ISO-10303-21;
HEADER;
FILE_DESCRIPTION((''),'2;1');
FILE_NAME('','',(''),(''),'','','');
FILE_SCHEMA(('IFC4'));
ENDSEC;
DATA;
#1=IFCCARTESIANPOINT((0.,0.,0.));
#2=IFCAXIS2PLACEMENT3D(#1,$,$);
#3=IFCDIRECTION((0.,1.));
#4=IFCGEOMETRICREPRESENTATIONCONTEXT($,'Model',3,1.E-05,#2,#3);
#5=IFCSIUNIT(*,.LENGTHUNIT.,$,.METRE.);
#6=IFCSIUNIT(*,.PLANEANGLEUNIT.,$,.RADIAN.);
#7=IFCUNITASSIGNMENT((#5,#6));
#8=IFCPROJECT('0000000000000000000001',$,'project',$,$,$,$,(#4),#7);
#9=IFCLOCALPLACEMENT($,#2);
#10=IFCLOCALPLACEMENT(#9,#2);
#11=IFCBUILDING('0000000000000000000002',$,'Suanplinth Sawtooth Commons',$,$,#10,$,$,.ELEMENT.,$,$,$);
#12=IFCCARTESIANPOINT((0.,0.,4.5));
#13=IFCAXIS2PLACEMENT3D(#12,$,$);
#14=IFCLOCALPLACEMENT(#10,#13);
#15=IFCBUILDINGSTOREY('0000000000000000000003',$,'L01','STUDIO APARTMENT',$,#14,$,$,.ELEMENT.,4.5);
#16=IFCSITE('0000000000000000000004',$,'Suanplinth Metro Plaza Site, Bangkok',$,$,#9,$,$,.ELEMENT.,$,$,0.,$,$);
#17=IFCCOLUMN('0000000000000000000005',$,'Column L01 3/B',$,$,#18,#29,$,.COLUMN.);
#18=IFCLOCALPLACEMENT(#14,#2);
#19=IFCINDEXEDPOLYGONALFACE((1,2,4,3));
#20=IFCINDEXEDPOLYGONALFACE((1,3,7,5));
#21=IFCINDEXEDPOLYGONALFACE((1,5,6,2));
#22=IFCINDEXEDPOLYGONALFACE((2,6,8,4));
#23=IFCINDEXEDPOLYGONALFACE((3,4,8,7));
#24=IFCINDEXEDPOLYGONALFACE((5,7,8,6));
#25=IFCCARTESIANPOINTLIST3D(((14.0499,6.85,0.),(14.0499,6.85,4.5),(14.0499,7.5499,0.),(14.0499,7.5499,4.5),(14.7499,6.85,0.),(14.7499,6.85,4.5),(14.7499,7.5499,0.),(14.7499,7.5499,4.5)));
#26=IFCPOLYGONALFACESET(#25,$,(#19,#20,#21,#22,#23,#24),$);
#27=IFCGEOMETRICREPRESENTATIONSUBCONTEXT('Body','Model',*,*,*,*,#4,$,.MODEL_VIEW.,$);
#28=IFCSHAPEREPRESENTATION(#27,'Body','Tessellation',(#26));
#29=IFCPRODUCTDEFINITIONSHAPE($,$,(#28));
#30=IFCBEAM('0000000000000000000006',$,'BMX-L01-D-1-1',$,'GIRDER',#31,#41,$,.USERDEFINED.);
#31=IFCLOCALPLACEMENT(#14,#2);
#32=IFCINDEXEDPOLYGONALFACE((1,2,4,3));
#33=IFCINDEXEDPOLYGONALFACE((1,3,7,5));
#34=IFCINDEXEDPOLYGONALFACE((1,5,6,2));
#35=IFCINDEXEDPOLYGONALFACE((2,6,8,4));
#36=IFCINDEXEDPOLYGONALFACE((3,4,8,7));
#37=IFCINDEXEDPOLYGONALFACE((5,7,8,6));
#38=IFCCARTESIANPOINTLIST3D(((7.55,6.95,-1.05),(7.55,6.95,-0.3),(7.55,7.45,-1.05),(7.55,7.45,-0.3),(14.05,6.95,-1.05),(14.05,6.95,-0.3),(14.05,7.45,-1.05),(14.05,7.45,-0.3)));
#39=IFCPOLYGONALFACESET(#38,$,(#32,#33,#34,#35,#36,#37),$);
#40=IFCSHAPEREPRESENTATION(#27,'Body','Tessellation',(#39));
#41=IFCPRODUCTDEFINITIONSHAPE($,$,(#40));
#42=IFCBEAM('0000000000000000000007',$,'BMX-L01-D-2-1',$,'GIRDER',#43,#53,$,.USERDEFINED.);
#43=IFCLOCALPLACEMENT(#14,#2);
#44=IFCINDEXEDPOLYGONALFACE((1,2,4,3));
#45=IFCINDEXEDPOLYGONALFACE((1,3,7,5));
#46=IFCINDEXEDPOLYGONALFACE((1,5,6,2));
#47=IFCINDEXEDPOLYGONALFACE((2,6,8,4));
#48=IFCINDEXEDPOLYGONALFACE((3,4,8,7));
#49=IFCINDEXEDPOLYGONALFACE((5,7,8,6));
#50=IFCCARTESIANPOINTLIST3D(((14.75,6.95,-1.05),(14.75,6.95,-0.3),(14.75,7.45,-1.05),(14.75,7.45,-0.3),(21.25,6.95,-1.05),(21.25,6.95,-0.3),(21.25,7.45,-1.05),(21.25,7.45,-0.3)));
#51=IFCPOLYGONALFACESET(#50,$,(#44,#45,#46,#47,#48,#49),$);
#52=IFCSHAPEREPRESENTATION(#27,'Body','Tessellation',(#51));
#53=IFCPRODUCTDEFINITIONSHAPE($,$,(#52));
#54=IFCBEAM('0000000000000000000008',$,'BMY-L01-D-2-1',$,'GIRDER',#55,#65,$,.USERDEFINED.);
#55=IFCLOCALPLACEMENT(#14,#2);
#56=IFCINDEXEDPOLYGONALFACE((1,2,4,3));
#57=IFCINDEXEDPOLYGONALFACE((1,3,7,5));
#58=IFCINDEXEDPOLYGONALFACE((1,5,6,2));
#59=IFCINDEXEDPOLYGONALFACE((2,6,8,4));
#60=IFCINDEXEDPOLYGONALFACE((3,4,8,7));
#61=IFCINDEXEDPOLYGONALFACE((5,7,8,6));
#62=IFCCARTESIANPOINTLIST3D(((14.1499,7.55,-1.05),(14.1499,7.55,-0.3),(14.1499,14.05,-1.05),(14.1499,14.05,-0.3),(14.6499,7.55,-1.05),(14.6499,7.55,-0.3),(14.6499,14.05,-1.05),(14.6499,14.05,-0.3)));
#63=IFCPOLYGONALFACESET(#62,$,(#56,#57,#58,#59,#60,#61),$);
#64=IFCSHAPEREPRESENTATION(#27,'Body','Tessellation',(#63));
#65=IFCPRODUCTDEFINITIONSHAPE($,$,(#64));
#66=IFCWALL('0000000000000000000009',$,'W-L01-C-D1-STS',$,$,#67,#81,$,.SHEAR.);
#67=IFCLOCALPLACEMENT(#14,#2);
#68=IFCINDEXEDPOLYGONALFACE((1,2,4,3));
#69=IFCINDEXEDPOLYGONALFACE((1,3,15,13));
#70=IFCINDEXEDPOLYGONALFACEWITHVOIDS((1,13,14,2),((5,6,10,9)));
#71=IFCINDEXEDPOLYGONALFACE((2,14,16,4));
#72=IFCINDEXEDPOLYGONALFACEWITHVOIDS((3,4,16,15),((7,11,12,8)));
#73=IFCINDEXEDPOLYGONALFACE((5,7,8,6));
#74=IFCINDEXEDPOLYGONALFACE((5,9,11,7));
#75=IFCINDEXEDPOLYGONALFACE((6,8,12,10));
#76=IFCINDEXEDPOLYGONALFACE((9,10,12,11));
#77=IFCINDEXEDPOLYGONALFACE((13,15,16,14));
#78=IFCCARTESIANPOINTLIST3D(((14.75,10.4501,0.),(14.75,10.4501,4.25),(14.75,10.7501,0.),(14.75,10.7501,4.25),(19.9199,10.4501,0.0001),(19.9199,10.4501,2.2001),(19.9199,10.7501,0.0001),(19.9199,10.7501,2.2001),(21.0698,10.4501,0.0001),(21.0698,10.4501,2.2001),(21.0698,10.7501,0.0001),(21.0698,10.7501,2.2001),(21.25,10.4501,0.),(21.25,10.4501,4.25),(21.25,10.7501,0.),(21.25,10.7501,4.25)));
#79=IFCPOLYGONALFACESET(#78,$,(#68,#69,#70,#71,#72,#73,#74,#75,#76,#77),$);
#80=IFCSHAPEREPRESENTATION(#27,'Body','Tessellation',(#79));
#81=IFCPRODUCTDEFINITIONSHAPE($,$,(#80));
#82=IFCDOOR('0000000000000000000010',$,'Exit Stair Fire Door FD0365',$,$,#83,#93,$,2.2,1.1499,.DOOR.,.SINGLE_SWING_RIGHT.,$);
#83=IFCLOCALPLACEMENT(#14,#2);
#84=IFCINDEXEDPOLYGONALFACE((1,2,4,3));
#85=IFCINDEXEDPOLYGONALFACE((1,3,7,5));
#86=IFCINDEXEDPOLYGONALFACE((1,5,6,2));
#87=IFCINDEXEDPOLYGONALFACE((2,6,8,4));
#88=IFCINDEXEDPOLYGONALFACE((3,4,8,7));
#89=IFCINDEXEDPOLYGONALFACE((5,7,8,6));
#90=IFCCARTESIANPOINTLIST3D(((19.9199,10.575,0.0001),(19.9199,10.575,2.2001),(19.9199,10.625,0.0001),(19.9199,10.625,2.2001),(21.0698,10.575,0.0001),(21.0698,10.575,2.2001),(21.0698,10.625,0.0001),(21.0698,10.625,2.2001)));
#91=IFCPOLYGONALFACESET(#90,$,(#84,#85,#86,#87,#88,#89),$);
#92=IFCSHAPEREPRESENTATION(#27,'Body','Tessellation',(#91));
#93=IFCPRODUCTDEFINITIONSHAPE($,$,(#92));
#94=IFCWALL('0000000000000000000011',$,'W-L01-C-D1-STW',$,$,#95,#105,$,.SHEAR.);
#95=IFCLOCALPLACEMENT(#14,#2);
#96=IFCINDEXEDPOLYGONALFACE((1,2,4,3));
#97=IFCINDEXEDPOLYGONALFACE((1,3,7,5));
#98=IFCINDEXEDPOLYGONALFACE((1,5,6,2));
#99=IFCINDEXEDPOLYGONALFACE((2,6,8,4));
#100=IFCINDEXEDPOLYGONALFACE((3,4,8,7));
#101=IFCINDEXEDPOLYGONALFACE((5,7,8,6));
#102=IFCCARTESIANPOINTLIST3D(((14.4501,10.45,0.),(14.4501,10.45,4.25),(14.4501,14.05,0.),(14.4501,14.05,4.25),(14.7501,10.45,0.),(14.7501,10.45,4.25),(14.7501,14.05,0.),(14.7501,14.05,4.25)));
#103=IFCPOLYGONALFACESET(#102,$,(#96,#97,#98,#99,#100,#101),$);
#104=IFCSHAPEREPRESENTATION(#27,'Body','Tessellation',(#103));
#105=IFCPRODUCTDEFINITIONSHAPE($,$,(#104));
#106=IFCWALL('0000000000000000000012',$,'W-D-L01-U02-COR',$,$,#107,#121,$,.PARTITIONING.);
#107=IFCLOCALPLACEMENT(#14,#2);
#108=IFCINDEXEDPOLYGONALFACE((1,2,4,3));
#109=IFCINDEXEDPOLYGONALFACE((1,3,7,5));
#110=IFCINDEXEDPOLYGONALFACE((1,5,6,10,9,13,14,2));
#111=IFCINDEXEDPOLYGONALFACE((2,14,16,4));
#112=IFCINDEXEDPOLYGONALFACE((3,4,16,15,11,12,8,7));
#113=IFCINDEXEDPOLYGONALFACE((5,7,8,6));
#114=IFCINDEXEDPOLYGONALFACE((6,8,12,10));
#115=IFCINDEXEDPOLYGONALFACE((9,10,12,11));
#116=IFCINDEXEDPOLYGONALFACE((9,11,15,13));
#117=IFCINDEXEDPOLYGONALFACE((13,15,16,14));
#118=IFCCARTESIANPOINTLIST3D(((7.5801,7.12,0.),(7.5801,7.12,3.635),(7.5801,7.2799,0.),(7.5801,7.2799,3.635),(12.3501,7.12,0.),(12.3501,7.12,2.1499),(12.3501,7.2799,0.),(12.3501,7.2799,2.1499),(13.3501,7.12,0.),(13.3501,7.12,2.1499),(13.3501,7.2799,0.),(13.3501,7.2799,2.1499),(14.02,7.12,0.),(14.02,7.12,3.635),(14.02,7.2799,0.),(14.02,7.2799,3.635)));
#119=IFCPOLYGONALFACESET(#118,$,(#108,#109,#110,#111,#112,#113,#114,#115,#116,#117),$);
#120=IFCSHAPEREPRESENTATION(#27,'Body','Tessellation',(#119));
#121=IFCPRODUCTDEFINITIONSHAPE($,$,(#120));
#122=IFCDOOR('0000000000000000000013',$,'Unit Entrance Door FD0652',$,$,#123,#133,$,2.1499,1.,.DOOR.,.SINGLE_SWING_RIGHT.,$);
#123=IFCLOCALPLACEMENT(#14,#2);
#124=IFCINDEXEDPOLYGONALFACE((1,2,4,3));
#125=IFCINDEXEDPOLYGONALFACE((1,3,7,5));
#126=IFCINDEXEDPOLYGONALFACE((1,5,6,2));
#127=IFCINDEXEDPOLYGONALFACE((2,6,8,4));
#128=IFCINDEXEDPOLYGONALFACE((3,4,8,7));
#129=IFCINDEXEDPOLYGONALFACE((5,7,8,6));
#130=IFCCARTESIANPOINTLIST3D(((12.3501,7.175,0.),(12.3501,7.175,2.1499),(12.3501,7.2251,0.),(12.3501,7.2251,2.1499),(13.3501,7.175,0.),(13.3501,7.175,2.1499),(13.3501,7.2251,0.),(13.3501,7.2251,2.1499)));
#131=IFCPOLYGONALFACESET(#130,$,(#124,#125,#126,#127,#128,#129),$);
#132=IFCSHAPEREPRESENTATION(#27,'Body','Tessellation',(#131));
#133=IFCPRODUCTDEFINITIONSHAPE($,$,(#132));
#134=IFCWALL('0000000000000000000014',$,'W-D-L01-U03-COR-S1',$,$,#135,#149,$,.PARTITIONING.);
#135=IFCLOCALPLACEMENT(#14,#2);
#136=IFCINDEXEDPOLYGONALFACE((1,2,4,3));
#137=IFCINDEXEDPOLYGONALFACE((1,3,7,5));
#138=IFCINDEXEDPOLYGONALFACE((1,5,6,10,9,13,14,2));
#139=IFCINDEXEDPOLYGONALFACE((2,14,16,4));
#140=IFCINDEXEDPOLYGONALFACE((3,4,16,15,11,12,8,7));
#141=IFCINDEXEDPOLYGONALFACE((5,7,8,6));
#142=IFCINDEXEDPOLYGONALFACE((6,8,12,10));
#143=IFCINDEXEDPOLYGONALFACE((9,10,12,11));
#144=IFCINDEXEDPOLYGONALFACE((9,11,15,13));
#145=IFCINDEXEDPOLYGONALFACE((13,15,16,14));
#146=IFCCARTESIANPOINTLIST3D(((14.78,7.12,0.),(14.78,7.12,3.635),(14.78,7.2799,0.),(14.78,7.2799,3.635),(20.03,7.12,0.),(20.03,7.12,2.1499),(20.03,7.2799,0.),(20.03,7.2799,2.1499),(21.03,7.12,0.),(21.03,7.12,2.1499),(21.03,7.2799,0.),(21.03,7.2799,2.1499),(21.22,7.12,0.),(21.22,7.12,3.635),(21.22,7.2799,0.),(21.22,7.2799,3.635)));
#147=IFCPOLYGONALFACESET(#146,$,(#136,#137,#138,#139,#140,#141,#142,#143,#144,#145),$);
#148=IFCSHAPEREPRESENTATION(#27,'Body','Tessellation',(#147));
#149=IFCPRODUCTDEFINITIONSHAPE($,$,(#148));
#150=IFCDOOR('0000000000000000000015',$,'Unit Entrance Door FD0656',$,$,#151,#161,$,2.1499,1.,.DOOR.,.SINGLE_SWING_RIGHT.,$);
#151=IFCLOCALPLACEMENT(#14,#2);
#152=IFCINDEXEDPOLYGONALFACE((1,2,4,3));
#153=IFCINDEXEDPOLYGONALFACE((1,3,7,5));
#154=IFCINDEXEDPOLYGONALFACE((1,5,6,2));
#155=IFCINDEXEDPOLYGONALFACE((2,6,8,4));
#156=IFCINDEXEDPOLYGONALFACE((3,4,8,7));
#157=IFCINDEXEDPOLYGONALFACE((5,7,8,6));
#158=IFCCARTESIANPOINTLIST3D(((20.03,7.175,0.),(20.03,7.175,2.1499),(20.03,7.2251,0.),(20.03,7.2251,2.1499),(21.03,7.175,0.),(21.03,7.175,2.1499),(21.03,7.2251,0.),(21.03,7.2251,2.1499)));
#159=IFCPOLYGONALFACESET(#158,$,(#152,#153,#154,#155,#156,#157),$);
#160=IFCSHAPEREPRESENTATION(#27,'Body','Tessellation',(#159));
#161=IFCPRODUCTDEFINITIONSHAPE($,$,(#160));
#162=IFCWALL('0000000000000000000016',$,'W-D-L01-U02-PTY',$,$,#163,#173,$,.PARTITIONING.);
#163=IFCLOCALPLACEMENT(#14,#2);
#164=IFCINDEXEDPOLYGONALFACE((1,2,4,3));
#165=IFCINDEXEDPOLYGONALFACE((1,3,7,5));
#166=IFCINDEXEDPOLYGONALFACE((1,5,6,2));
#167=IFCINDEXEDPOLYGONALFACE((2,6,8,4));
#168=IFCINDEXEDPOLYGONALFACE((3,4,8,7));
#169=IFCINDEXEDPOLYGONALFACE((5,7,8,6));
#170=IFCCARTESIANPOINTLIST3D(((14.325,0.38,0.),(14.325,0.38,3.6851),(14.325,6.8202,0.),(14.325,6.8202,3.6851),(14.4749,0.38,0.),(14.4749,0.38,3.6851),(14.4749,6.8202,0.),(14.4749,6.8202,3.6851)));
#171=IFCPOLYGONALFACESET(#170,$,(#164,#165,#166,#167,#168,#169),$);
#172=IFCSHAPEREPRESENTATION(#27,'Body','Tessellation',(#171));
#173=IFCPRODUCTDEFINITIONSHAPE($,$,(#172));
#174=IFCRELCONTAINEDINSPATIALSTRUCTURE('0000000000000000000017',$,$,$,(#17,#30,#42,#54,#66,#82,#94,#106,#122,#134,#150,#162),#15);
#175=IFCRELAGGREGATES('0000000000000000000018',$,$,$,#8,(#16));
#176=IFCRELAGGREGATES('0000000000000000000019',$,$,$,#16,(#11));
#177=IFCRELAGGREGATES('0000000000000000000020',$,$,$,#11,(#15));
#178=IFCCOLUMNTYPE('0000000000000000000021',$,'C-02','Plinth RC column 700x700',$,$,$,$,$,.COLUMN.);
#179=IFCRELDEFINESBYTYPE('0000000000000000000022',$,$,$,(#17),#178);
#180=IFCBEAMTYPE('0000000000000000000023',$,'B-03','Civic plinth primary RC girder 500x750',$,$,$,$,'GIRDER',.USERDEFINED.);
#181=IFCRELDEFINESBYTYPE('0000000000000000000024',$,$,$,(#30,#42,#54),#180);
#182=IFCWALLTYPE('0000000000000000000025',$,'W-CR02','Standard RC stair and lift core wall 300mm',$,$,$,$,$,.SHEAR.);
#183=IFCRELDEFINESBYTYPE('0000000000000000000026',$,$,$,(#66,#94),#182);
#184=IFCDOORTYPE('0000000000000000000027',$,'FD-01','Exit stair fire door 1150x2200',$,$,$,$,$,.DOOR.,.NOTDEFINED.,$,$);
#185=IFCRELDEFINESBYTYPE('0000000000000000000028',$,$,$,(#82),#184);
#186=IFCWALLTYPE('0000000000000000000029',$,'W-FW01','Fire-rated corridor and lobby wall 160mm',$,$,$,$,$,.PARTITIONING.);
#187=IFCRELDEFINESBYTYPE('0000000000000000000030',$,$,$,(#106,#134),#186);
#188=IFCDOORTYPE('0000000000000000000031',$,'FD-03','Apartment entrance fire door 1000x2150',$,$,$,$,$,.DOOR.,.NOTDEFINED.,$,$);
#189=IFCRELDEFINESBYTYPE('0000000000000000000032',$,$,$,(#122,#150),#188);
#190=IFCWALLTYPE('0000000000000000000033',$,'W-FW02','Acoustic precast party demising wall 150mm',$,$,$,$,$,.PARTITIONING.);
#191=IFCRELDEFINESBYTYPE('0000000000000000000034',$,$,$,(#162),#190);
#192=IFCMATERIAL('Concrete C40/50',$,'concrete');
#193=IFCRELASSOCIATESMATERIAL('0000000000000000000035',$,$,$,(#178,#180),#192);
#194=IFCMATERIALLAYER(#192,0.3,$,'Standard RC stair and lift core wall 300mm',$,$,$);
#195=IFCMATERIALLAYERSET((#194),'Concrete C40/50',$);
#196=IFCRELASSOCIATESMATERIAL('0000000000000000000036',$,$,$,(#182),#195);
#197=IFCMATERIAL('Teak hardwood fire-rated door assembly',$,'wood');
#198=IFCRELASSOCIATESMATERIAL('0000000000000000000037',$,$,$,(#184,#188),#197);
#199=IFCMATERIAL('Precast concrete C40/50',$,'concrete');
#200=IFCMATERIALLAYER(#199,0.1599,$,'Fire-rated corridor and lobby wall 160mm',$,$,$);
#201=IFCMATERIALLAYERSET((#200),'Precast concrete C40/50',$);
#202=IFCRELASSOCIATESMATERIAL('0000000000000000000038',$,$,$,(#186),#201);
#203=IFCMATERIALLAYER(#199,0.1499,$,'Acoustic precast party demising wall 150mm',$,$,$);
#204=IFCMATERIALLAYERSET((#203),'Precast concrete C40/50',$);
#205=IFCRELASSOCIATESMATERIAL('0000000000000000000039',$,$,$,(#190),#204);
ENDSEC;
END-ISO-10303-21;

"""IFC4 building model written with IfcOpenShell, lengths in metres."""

from ifc_helpers import new_model, si_unit, direction, frame, frame_2d, origin, origin_2d, place, context, subcontext, project, spatial, rectangle, extrude, material, layer, layer_set, material_profile, profile_set, type_object, element, fill, save


model = new_model("IFC4")

# Units and contexts
model_context = context("Model", 3, precision=1e-05, world=origin(), true_north=direction((0.0, 1.0)))
body_context = subcontext(model_context, "Body", "Model", "MODEL_VIEW")
ifc_project = project(units=[si_unit("LENGTHUNIT", "METRE"), si_unit("PLANEANGLEUNIT", "RADIAN")], contexts=[model_context])

# Site, building, storey
site_placement = place(None, origin())
site = spatial("IfcSite", under=ifc_project, at=site_placement, Name="Suanplinth Metro Plaza Site, Bangkok", CompositionType="ELEMENT", RefElevation=0.0)
building_placement = place(site_placement, origin())
building = spatial("IfcBuilding", under=site, at=building_placement, Name="Suanplinth Sawtooth Commons", CompositionType="ELEMENT")
storey_placement = place(building_placement, frame((0.0, 0.0, 4.5)))
storey = spatial("IfcBuildingStorey", under=building, at=storey_placement, Name="L01", Description="STUDIO APARTMENT", CompositionType="ELEMENT", Elevation=4.5)

# Column
ifc_material_1 = material(Name="Concrete C40/50", Category="concrete")
ifc_material_profile_1 = material_profile(ifc_material_1, rectangle(XDim=0.7, YDim=0.7, at=origin_2d()), Name="RC-COL 700x700")
ifc_profile_set_1 = profile_set([ifc_material_profile_1], Name="Concrete C40/50")
column_type = type_object("IfcColumnType", Name="C-02", Description="Plinth RC column 700x700", PredefinedType="COLUMN", material=ifc_profile_set_1)
column_placement = place(storey_placement, frame((14.3999, 7.2, 0.0), z_axis=(0.0, 0.0, 1.0), x_axis=(1.0, 0.0, 0.0)))
element("IfcColumn", 1, at=column_placement, inside=storey, type_object=column_type, Name="Column L01 3/B", PredefinedType="COLUMN", context=body_context, shape_type="SweptSolid", body=[
    extrude(rectangle(XDim=0.7, YDim=0.7, at=origin_2d()), origin(), (0.0, 0.0, 1.0), 4.5),
])

# Beams
ifc_material_profile_2 = material_profile(ifc_material_1, rectangle(XDim=0.5, YDim=0.75, at=origin_2d()), Name="RC-GDR 500x750")
ifc_profile_set_2 = profile_set([ifc_material_profile_2], Name="Concrete C40/50")
beam_type = type_object("IfcBeamType", Name="B-03", Description="Civic plinth primary RC girder 500x750", ElementType="GIRDER", PredefinedType="USERDEFINED", material=ifc_profile_set_2)
for number, where, z_axis, x_axis, name in (
    (2, (7.55, 7.2, -0.675), (1.0, 0.0, 0.0), (0.0, 1.0, 0.0), "BMX-L01-D-1-1"),
    (3, (14.75, 7.2, -0.675), (1.0, 0.0, 0.0), (0.0, 1.0, 0.0), "BMX-L01-D-2-1"),
    (4, (14.3999, 7.55, -0.675), (0.0, 1.0, 0.0), (-1.0, 0.0, 0.0), "BMY-L01-D-2-1"),
):
    element("IfcBeam", number, at=place(storey_placement, frame(where, z_axis=z_axis, x_axis=x_axis)), inside=storey, type_object=beam_type, Name=name, ObjectType="GIRDER", PredefinedType="USERDEFINED", context=body_context, shape_type="SweptSolid", body=[
        extrude(rectangle(XDim=0.5, YDim=0.75, at=origin_2d()), origin(), (0.0, 0.0, 1.0), 6.5),
    ])

# Wall, opening, door
ifc_layer_1 = layer(ifc_material_1, 0.3, Name="Standard RC stair and lift core wall 300mm")
ifc_layer_set_1 = layer_set([ifc_layer_1], Name="Concrete C40/50")
wall_type_1 = type_object("IfcWallType", Name="W-CR02", Description="Standard RC stair and lift core wall 300mm", PredefinedType="SHEAR", material=ifc_layer_set_1)
wall_1_placement = place(storey_placement, frame((14.75, 10.6001, 0.0), z_axis=(0.0, 0.0, 1.0), x_axis=(1.0, 0.0, 0.0)))
wall_1 = element("IfcWall", 5, at=wall_1_placement, inside=storey, type_object=wall_type_1, Name="W-L01-C-D1-STS", PredefinedType="SHEAR", context=body_context, shape_type="SweptSolid", body=[
    extrude(rectangle(XDim=6.5, YDim=0.3, at=frame_2d((3.25, 0.0))), origin(), (0.0, 0.0, 1.0), 4.25),
])
opening_1_placement = place(wall_1_placement, frame((5.1699, 0.0, 0.0)))
opening_1 = element("IfcOpeningElement", 6, at=opening_1_placement, cuts=wall_1, PredefinedType="OPENING", context=body_context, shape_type="SweptSolid", body=[
    extrude(rectangle(XDim=1.1499, YDim=2.2, at=frame_2d((0.575, 1.1001))), frame((0.0, 0.165, 0.0), z_axis=(0.0, -1.0, 0.0), x_axis=(1.0, 0.0, 0.0)), (0.0, 0.0, 1.0), 0.3298),
])
ifc_material_2 = material(Name="Teak hardwood fire-rated door assembly", Category="wood")
door_type_1 = type_object("IfcDoorType", Name="FD-01", Description="Exit stair fire door 1150x2200", OperationType="NOTDEFINED", PredefinedType="DOOR", material=ifc_material_2)
door_1_placement = place(opening_1_placement, origin())
door_1 = element("IfcDoor", 7, at=door_1_placement, inside=storey, type_object=door_type_1, Name="Exit Stair Fire Door FD0365", OperationType="SINGLE_SWING_RIGHT", OverallHeight=2.2, OverallWidth=1.1499, PredefinedType="DOOR", context=body_context, shape_type="SweptSolid", body=[
    extrude(rectangle(XDim=1.1499, YDim=2.2, at=frame_2d((0.575, 1.1001))), frame((0.0, 0.0249, 0.0), z_axis=(0.0, -1.0, 0.0), x_axis=(1.0, 0.0, 0.0)), (0.0, 0.0, 1.0), 0.05),
])
fill(opening_1, door_1)

# Wall
wall_2_placement = place(storey_placement, frame((14.6001, 10.45, 0.0), z_axis=(0.0, 0.0, 1.0), x_axis=(0.0, 1.0, 0.0)))
element("IfcWall", 8, at=wall_2_placement, inside=storey, type_object=wall_type_1, Name="W-L01-C-D1-STW", PredefinedType="SHEAR", context=body_context, shape_type="SweptSolid", body=[
    extrude(rectangle(XDim=3.6001, YDim=0.3, at=frame_2d((1.8, 0.0))), origin(), (0.0, 0.0, 1.0), 4.25),
])

# Walls, openings, doors
ifc_material_3 = material(Name="Precast concrete C40/50", Category="concrete")
ifc_layer_2 = layer(ifc_material_3, 0.1599, Name="Fire-rated corridor and lobby wall 160mm")
ifc_layer_set_2 = layer_set([ifc_layer_2], Name="Precast concrete C40/50")
wall_type_2 = type_object("IfcWallType", Name="W-FW01", Description="Fire-rated corridor and lobby wall 160mm", PredefinedType="PARTITIONING", material=ifc_layer_set_2)
wall_3_placement = place(storey_placement, frame((7.5801, 7.2, 0.0), z_axis=(0.0, 0.0, 1.0), x_axis=(1.0, 0.0, 0.0)))
wall_3 = element("IfcWall", 9, at=wall_3_placement, inside=storey, type_object=wall_type_2, Name="W-D-L01-U02-COR", PredefinedType="PARTITIONING", context=body_context, shape_type="SweptSolid", body=[
    extrude(rectangle(XDim=6.4399, YDim=0.1599, at=frame_2d((3.22, 0.0))), origin(), (0.0, 0.0, 1.0), 3.635),
])
opening_2_placement = place(wall_3_placement, frame((4.77, 0.0, 0.0)))
opening_2 = element("IfcOpeningElement", 10, at=opening_2_placement, cuts=wall_3, PredefinedType="OPENING", context=body_context, shape_type="SweptSolid", body=[
    extrude(rectangle(XDim=1.0, YDim=2.1499, at=frame_2d((0.5, 1.075))), frame((0.0, 0.0947, 0.0), z_axis=(0.0, -1.0, 0.0), x_axis=(1.0, 0.0, 0.0)), (0.0, 0.0, 1.0), 0.1897),
])
door_type_2 = type_object("IfcDoorType", Name="FD-03", Description="Apartment entrance fire door 1000x2150", OperationType="NOTDEFINED", PredefinedType="DOOR", material=ifc_material_2)
door_2_placement = place(opening_2_placement, frame((1.0, 0.0, 0.0), z_axis=(0.0, 0.0, 1.0), x_axis=(-1.0, 0.0, 0.0)))
door_2 = element("IfcDoor", 11, at=door_2_placement, inside=storey, type_object=door_type_2, Name="Unit Entrance Door FD0652", OperationType="SINGLE_SWING_RIGHT", OverallHeight=2.1499, OverallWidth=1.0, PredefinedType="DOOR", context=body_context, shape_type="SweptSolid", body=[
    extrude(rectangle(XDim=1.0, YDim=2.1499, at=frame_2d((0.5, 1.075))), frame((0.0, 0.0249, 0.0), z_axis=(0.0, -1.0, 0.0), x_axis=(1.0, 0.0, 0.0)), (0.0, 0.0, 1.0), 0.05),
])
fill(opening_2, door_2)
wall_4_placement = place(storey_placement, frame((14.78, 7.2, 0.0), z_axis=(0.0, 0.0, 1.0), x_axis=(1.0, 0.0, 0.0)))
wall_4 = element("IfcWall", 12, at=wall_4_placement, inside=storey, type_object=wall_type_2, Name="W-D-L01-U03-COR-S1", PredefinedType="PARTITIONING", context=body_context, shape_type="SweptSolid", body=[
    extrude(rectangle(XDim=6.4399, YDim=0.1599, at=frame_2d((3.22, 0.0))), origin(), (0.0, 0.0, 1.0), 3.635),
])
opening_3_placement = place(wall_4_placement, frame((5.25, 0.0, 0.0)))
opening_3 = element("IfcOpeningElement", 13, at=opening_3_placement, cuts=wall_4, PredefinedType="OPENING", context=body_context, shape_type="SweptSolid", body=[
    extrude(rectangle(XDim=1.0, YDim=2.1499, at=frame_2d((0.5, 1.075))), frame((0.0, 0.0947, 0.0), z_axis=(0.0, -1.0, 0.0), x_axis=(1.0, 0.0, 0.0)), (0.0, 0.0, 1.0), 0.1897),
])
door_3_placement = place(opening_3_placement, frame((1.0, 0.0, 0.0), z_axis=(0.0, 0.0, 1.0), x_axis=(-1.0, 0.0, 0.0)))
door_3 = element("IfcDoor", 14, at=door_3_placement, inside=storey, type_object=door_type_2, Name="Unit Entrance Door FD0656", OperationType="SINGLE_SWING_RIGHT", OverallHeight=2.1499, OverallWidth=1.0, PredefinedType="DOOR", context=body_context, shape_type="SweptSolid", body=[
    extrude(rectangle(XDim=1.0, YDim=2.1499, at=frame_2d((0.5, 1.075))), frame((0.0, 0.0249, 0.0), z_axis=(0.0, -1.0, 0.0), x_axis=(1.0, 0.0, 0.0)), (0.0, 0.0, 1.0), 0.05),
])
fill(opening_3, door_3)

# Wall
ifc_layer_3 = layer(ifc_material_3, 0.1499, Name="Acoustic precast party demising wall 150mm")
ifc_layer_set_3 = layer_set([ifc_layer_3], Name="Precast concrete C40/50")
wall_type_3 = type_object("IfcWallType", Name="W-FW02", Description="Acoustic precast party demising wall 150mm", PredefinedType="PARTITIONING", material=ifc_layer_set_3)
wall_5_placement = place(storey_placement, frame((14.3999, 0.3799, 0.0), z_axis=(0.0, 0.0, 1.0), x_axis=(0.0, 1.0, 0.0)))
element("IfcWall", 15, at=wall_5_placement, inside=storey, type_object=wall_type_3, Name="W-D-L01-U02-PTY", PredefinedType="PARTITIONING", context=body_context, shape_type="SweptSolid", body=[
    extrude(rectangle(XDim=6.4402, YDim=0.1499, at=frame_2d((3.2202, 0.0))), origin(), (0.0, 0.0, 1.0), 3.6851),
])

save(model, "model.ifc")
